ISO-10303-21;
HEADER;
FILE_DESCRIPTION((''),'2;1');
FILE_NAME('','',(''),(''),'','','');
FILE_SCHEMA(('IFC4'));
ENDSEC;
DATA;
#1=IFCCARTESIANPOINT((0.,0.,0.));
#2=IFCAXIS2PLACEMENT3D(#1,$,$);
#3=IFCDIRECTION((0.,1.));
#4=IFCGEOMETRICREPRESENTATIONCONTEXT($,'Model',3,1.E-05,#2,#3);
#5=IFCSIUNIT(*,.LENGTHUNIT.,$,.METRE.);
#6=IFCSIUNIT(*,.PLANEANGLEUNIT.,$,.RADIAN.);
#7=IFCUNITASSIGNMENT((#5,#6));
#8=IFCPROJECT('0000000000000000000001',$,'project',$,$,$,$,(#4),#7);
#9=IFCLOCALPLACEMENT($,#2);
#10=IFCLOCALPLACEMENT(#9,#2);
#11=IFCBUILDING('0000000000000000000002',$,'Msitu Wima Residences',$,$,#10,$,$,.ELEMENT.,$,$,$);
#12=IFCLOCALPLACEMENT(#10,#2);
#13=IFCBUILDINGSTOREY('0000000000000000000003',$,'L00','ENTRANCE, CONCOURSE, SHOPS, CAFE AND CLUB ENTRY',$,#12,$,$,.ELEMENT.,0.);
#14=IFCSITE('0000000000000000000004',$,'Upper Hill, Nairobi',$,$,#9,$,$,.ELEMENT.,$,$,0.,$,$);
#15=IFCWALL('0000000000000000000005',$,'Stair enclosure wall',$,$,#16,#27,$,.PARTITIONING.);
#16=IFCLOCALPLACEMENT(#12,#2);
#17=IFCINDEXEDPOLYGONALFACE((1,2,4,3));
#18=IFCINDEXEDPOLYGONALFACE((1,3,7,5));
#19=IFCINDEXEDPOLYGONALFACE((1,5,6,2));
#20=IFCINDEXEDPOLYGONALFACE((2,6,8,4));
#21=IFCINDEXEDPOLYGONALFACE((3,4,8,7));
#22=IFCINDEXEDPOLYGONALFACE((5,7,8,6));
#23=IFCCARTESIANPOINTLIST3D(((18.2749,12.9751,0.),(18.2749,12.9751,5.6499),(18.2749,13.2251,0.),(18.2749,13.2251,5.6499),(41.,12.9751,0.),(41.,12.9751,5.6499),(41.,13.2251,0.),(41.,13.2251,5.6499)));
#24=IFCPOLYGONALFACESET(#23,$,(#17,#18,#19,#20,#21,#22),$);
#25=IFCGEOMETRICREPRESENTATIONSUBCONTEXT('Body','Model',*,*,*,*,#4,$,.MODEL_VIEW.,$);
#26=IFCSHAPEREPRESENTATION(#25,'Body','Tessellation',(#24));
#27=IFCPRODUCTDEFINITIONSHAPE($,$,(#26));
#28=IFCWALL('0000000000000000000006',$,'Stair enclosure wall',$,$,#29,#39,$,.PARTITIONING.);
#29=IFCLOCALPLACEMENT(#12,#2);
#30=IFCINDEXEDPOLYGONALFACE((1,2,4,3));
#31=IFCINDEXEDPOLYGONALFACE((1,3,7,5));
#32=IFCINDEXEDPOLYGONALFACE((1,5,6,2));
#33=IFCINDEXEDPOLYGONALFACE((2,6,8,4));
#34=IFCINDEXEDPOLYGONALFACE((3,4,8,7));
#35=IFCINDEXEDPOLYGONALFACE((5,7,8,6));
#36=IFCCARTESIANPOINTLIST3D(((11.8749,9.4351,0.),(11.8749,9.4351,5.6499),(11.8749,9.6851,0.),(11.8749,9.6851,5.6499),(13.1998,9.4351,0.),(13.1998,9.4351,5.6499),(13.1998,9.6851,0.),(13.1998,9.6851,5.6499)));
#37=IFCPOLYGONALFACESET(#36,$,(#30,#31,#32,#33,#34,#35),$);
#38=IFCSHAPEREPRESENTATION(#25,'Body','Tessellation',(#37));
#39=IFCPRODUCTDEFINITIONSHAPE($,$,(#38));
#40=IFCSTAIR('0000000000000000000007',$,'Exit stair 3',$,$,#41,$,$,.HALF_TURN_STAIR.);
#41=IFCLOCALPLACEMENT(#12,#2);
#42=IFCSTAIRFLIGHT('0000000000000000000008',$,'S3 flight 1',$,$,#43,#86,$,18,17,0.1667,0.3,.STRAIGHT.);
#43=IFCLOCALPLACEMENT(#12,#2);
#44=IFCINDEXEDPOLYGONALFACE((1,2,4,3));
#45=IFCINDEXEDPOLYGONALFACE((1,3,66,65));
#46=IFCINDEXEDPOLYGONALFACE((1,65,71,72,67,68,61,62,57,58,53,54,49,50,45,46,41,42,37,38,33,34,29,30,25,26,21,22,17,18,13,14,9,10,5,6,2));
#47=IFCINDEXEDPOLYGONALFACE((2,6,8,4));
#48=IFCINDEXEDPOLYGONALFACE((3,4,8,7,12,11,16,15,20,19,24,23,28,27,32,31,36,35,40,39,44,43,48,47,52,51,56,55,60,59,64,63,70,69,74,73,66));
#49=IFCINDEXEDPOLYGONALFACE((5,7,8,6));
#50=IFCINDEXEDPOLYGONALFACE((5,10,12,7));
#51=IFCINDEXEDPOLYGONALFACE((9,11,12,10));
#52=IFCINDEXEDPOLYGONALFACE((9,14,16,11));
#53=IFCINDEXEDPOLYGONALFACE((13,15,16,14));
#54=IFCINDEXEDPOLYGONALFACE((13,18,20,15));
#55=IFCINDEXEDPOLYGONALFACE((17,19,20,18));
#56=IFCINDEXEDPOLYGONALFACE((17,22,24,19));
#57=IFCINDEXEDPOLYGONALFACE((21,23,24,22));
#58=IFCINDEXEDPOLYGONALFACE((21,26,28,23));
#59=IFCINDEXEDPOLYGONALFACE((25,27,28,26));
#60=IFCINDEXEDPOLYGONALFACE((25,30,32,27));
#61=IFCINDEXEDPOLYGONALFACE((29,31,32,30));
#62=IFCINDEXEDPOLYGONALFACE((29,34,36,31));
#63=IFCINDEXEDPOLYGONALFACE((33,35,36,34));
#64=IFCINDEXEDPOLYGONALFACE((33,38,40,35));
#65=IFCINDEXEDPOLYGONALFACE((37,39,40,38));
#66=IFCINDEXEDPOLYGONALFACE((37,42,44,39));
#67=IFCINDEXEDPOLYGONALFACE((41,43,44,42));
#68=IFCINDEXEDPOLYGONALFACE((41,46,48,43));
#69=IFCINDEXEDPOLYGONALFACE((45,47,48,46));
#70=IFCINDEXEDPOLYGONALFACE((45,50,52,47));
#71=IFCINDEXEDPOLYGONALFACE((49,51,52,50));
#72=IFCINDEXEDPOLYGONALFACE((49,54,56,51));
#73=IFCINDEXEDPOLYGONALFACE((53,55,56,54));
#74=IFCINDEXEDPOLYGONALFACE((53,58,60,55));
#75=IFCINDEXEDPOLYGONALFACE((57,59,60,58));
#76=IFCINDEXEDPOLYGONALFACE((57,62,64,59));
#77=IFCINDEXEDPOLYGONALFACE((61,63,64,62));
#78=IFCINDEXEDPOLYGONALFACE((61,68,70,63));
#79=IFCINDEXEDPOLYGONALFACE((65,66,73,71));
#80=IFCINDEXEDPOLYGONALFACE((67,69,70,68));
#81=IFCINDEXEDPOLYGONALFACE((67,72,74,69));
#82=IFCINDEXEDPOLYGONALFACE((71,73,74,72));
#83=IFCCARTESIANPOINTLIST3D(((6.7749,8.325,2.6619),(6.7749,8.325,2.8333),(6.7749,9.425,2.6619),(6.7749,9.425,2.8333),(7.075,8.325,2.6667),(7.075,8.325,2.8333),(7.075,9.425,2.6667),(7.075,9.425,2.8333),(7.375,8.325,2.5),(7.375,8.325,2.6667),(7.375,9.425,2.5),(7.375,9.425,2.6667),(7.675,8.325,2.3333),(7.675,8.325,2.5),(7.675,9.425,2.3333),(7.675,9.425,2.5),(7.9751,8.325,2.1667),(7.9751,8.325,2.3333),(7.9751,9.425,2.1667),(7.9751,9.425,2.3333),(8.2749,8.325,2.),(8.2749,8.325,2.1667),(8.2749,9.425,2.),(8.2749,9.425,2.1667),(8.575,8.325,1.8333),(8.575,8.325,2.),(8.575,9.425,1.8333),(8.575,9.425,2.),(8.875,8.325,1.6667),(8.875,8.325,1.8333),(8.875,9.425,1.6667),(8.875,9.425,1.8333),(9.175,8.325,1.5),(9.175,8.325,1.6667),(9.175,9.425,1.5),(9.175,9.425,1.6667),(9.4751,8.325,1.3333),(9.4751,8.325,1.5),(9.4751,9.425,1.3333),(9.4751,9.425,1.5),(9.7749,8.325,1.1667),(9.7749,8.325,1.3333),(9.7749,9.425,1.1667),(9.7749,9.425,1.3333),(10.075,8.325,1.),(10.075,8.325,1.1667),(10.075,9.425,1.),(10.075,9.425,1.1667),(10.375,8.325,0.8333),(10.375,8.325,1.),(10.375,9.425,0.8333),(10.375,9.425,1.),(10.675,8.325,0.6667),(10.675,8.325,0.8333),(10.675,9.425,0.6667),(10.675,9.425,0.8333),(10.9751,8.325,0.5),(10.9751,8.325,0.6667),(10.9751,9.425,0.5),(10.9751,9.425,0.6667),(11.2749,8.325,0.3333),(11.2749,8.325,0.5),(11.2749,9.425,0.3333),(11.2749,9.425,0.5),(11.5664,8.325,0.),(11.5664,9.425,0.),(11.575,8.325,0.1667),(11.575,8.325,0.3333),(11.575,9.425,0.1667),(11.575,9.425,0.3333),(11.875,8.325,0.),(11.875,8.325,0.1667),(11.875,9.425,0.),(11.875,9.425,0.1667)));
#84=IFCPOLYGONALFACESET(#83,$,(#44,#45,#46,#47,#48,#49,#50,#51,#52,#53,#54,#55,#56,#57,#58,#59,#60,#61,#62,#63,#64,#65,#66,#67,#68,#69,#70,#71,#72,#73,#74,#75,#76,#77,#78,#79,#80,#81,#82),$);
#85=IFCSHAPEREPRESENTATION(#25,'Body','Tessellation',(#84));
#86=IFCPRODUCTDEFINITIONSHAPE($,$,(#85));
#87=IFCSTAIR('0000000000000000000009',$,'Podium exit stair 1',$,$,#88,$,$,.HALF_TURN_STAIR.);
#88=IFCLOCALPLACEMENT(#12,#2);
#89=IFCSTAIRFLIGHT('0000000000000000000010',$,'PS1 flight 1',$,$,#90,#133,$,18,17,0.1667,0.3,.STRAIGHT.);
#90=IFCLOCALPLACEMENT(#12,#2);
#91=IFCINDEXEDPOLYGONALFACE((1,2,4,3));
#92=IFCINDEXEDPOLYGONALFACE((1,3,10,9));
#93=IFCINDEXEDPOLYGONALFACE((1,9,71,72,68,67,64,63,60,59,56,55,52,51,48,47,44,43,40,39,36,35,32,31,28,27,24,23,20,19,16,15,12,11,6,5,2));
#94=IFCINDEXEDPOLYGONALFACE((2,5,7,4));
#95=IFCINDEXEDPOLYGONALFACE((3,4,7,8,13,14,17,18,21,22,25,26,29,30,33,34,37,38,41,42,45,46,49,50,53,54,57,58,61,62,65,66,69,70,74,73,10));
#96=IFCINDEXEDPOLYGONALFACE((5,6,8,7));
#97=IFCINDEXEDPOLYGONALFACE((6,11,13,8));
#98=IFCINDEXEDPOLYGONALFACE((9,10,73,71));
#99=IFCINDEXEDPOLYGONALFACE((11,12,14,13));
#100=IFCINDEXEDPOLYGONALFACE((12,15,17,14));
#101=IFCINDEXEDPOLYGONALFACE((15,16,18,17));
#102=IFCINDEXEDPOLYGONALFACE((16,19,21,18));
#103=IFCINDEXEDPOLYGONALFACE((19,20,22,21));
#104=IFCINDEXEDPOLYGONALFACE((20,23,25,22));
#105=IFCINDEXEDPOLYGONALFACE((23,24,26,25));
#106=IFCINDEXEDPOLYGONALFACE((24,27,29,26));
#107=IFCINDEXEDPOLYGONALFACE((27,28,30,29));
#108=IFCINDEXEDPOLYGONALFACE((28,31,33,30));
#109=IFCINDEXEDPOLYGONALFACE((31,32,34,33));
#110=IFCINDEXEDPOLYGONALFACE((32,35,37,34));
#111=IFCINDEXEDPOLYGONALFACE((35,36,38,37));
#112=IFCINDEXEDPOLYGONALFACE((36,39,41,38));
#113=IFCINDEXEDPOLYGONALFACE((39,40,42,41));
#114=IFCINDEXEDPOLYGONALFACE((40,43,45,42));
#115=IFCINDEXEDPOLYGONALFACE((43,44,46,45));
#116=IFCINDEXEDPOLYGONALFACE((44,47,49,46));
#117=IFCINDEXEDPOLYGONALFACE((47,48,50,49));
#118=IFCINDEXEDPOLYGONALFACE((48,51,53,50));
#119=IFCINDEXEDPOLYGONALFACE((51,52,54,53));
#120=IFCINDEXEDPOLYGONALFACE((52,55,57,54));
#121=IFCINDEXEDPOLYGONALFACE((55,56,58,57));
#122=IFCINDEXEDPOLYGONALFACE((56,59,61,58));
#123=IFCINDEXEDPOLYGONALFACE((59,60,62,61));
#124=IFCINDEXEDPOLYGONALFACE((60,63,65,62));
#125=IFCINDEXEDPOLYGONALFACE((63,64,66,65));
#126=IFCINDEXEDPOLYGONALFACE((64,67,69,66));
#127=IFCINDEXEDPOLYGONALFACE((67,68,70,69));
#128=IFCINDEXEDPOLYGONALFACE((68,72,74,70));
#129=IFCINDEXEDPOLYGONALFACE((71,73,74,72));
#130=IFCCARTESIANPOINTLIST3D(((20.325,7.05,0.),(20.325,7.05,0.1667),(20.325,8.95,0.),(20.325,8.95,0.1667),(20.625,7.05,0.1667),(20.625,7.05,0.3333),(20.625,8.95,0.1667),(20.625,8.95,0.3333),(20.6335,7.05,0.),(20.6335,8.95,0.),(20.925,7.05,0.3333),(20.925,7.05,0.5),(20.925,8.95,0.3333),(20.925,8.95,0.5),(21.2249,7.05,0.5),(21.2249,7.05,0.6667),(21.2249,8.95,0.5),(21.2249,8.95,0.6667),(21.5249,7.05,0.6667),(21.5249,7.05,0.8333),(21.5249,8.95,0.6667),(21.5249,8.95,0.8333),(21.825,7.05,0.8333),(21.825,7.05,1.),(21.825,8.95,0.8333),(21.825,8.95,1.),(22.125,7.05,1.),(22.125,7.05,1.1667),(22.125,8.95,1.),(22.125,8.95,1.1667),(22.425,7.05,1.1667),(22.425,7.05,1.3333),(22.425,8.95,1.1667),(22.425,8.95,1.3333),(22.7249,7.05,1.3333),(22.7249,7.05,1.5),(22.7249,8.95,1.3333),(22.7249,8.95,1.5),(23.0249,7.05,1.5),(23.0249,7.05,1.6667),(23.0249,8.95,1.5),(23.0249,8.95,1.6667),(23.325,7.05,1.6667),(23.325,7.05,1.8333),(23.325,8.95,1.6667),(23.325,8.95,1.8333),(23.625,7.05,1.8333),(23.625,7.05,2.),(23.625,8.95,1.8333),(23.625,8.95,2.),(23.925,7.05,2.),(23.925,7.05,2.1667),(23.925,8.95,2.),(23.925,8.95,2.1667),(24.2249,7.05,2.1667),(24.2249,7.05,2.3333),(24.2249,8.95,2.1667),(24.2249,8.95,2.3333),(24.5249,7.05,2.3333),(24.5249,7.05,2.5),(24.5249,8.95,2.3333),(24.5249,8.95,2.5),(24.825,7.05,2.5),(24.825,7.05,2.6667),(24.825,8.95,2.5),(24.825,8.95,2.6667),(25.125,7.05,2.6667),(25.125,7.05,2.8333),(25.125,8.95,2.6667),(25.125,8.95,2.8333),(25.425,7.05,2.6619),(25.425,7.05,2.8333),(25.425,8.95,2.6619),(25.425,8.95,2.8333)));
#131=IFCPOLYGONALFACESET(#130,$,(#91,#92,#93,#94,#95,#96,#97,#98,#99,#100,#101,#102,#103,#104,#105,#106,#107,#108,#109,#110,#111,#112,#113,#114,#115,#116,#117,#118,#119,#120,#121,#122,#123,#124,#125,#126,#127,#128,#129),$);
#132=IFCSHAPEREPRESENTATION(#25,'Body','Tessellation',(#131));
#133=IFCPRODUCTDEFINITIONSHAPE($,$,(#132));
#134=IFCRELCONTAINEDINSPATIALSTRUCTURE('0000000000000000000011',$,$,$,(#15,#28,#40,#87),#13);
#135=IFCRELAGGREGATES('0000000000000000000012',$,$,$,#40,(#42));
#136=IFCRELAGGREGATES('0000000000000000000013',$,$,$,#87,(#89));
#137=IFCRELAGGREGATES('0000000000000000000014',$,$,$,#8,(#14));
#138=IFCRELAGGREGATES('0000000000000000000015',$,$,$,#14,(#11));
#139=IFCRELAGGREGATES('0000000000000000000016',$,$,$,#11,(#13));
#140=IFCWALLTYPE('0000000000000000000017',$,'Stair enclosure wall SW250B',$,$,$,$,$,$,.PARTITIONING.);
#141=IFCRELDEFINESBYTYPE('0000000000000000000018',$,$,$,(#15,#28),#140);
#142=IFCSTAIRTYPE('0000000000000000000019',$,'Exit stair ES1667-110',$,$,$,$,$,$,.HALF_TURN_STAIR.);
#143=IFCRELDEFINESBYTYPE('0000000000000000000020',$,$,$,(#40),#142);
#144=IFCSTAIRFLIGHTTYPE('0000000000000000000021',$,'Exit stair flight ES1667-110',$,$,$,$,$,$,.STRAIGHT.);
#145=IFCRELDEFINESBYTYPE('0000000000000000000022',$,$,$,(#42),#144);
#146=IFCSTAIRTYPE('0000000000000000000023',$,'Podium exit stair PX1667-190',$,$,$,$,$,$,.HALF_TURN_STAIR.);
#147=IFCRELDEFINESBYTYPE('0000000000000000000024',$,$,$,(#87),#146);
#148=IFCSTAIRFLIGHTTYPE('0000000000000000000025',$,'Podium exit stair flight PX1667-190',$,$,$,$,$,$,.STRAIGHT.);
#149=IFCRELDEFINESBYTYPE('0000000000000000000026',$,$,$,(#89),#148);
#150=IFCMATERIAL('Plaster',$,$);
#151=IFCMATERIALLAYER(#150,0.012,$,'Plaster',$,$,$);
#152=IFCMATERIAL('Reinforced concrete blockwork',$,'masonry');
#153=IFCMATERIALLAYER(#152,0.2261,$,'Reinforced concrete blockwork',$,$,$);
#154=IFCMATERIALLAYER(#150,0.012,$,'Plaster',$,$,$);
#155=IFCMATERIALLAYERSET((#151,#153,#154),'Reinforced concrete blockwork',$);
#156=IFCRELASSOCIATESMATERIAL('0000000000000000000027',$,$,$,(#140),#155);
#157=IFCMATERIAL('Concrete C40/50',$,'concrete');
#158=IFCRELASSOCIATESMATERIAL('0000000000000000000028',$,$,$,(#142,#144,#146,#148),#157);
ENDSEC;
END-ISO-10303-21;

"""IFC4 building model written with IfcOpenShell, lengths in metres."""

from ifc_helpers import new_model, si_unit, direction, frame, frame_2d, origin, place, context, subcontext, project, spatial, polyline, rectangle, outline, extrude, material, layer, layer_set, type_object, element, aggregate, save


model = new_model("IFC4")

# Units and contexts
model_context = context("Model", 3, precision=1e-05, world=origin(), true_north=direction((0.0, 1.0)))
body_context = subcontext(model_context, "Body", "Model", "MODEL_VIEW")
ifc_project = project(units=[si_unit("LENGTHUNIT", "METRE"), si_unit("PLANEANGLEUNIT", "RADIAN")], contexts=[model_context])

# Site, building, storey
site_placement = place(None, origin())
site = spatial("IfcSite", under=ifc_project, at=site_placement, Name="Upper Hill, Nairobi", CompositionType="ELEMENT", RefElevation=0.0)
building_placement = place(site_placement, origin())
building = spatial("IfcBuilding", under=site, at=building_placement, Name="Msitu Wima Residences", CompositionType="ELEMENT")
storey_placement = place(building_placement, origin())
storey = spatial("IfcBuildingStorey", under=building, at=storey_placement, Name="L00", Description="ENTRANCE, CONCOURSE, SHOPS, CAFE AND CLUB ENTRY", CompositionType="ELEMENT", Elevation=0.0)

# Shared definitions
ifc_material_1 = material(Name="Plaster")

# Walls
ifc_layer_1 = layer(ifc_material_1, 0.012, Name="Plaster")
ifc_material_2 = material(Name="Reinforced concrete blockwork", Category="masonry")
ifc_layer_2 = layer(ifc_material_2, 0.2261, Name="Reinforced concrete blockwork")
ifc_layer_3 = layer(ifc_material_1, 0.012, Name="Plaster")
ifc_layer_set_1 = layer_set([ifc_layer_1, ifc_layer_2, ifc_layer_3], Name="Reinforced concrete blockwork")
wall_type_1 = type_object("IfcWallType", Name="Stair enclosure wall SW250B", PredefinedType="PARTITIONING", material=ifc_layer_set_1)
wall_1_placement = place(storey_placement, frame((18.2749, 13.1001, 0.0), z_axis=(0.0, 0.0, 1.0), x_axis=(1.0, 0.0, 0.0)))
element("IfcWall", 1, at=wall_1_placement, inside=storey, type_object=wall_type_1, Name="Stair enclosure wall", PredefinedType="PARTITIONING", context=body_context, shape_type="SweptSolid", body=[
    extrude(rectangle(XDim=22.7251, YDim=0.25, at=frame_2d((11.3625, 0.0))), origin(), (0.0, 0.0, 1.0), 5.6499),
])
wall_2_placement = place(storey_placement, frame((13.2, 9.5601, 0.0), z_axis=(0.0, 0.0, 1.0), x_axis=(-1.0, 0.0, 0.0)))
element("IfcWall", 2, at=wall_2_placement, inside=storey, type_object=wall_type_1, Name="Stair enclosure wall", PredefinedType="PARTITIONING", context=body_context, shape_type="SweptSolid", body=[
    extrude(rectangle(XDim=1.325, YDim=0.25, at=frame_2d((0.6626, 0.0))), origin(), (0.0, 0.0, 1.0), 5.6499),
])

# Stairs, stair flights
ifc_material_3 = material(Name="Concrete C40/50", Category="concrete")
stair_type_1 = type_object("IfcStairType", Name="Exit stair ES1667-110", PredefinedType="HALF_TURN_STAIR", material=ifc_material_3)
stair_1_placement = place(storey_placement, origin())
stair_1 = element("IfcStair", 3, at=stair_1_placement, inside=storey, type_object=stair_type_1, Name="Exit stair 3", PredefinedType="HALF_TURN_STAIR")
stair_flight_type_1 = type_object("IfcStairFlightType", Name="Exit stair flight ES1667-110", PredefinedType="STRAIGHT", material=ifc_material_3)
stair_flight_1_placement = place(storey_placement, frame((11.875, 8.875, 0.0), z_axis=(0.0, 0.0, 1.0), x_axis=(-1.0, 0.0, 0.0)))
stair_flight_1 = element("IfcStairFlight", 4, at=stair_flight_1_placement, type_object=stair_flight_type_1, Name="S3 flight 1", NumberOfRisers=18, NumberOfTreads=17, PredefinedType="STRAIGHT", RiserHeight=0.1667, TreadLength=0.3, context=body_context, shape_type="SweptSolid", body=[
    extrude(outline(polyline([(0.0, 0.0), (0.0, 0.1667), (0.3, 0.1667), (0.3, 0.3333), (0.6001, 0.3333), (0.6001, 0.5), (0.8999, 0.5), (0.8999, 0.6667), (1.2, 0.6667), (1.2, 0.8333), (1.5, 0.8333), (1.5, 1.0), (1.8, 1.0), (1.8, 1.1667), (2.1001, 1.1667), (2.1001, 1.3333), (2.3999, 1.3333), (2.3999, 1.5), (2.7, 1.5), (2.7, 1.6667), (3.0, 1.6667), (3.0, 1.8333), (3.3, 1.8333), (3.3, 2.0), (3.6001, 2.0), (3.6001, 2.1667), (3.8999, 2.1667), (3.8999, 2.3333), (4.2, 2.3333), (4.2, 2.5), (4.5, 2.5), (4.5, 2.6667), (4.8, 2.6667), (4.8, 2.8333), (5.1001, 2.8333), (5.1001, 3.0), (5.1001, 2.6619), (0.3086, 0.0), (0.0, 0.0)])), frame((0.0, 0.55, 0.0), z_axis=(0.0, -1.0, 0.0), x_axis=(1.0, 0.0, 0.0)), (0.0, 0.0, 1.0), 1.1001),
])
aggregate(stair_1, [stair_flight_1])
stair_type_2 = type_object("IfcStairType", Name="Podium exit stair PX1667-190", PredefinedType="HALF_TURN_STAIR", material=ifc_material_3)
stair_2_placement = place(storey_placement, origin())
stair_2 = element("IfcStair", 5, at=stair_2_placement, inside=storey, type_object=stair_type_2, Name="Podium exit stair 1", PredefinedType="HALF_TURN_STAIR")
stair_flight_type_2 = type_object("IfcStairFlightType", Name="Podium exit stair flight PX1667-190", PredefinedType="STRAIGHT", material=ifc_material_3)
stair_flight_2_placement = place(storey_placement, frame((20.325, 8.0, 0.0), z_axis=(0.0, 0.0, 1.0), x_axis=(1.0, 0.0, 0.0)))
stair_flight_2 = element("IfcStairFlight", 6, at=stair_flight_2_placement, type_object=stair_flight_type_2, Name="PS1 flight 1", NumberOfRisers=18, NumberOfTreads=17, PredefinedType="STRAIGHT", RiserHeight=0.1667, TreadLength=0.3, context=body_context, shape_type="SweptSolid", body=[
    extrude(outline(polyline([(0.0, 0.0), (0.0, 0.1667), (0.3, 0.1667), (0.3, 0.3333), (0.6001, 0.3333), (0.6001, 0.5), (0.8999, 0.5), (0.8999, 0.6667), (1.2, 0.6667), (1.2, 0.8333), (1.5, 0.8333), (1.5, 1.0), (1.8, 1.0), (1.8, 1.1667), (2.1001, 1.1667), (2.1001, 1.3333), (2.3999, 1.3333), (2.3999, 1.5), (2.7, 1.5), (2.7, 1.6667), (3.0, 1.6667), (3.0, 1.8333), (3.3, 1.8333), (3.3, 2.0), (3.6001, 2.0), (3.6001, 2.1667), (3.8999, 2.1667), (3.8999, 2.3333), (4.2, 2.3333), (4.2, 2.5), (4.5, 2.5), (4.5, 2.6667), (4.8, 2.6667), (4.8, 2.8333), (5.1001, 2.8333), (5.1001, 3.0), (5.1001, 2.6619), (0.3086, 0.0), (0.0, 0.0)])), frame((0.0, 0.95, 0.0), z_axis=(0.0, -1.0, 0.0), x_axis=(1.0, 0.0, 0.0)), (0.0, 0.0, 1.0), 1.8999),
])
aggregate(stair_2, [stair_flight_2])

save(model, "model.ifc")
